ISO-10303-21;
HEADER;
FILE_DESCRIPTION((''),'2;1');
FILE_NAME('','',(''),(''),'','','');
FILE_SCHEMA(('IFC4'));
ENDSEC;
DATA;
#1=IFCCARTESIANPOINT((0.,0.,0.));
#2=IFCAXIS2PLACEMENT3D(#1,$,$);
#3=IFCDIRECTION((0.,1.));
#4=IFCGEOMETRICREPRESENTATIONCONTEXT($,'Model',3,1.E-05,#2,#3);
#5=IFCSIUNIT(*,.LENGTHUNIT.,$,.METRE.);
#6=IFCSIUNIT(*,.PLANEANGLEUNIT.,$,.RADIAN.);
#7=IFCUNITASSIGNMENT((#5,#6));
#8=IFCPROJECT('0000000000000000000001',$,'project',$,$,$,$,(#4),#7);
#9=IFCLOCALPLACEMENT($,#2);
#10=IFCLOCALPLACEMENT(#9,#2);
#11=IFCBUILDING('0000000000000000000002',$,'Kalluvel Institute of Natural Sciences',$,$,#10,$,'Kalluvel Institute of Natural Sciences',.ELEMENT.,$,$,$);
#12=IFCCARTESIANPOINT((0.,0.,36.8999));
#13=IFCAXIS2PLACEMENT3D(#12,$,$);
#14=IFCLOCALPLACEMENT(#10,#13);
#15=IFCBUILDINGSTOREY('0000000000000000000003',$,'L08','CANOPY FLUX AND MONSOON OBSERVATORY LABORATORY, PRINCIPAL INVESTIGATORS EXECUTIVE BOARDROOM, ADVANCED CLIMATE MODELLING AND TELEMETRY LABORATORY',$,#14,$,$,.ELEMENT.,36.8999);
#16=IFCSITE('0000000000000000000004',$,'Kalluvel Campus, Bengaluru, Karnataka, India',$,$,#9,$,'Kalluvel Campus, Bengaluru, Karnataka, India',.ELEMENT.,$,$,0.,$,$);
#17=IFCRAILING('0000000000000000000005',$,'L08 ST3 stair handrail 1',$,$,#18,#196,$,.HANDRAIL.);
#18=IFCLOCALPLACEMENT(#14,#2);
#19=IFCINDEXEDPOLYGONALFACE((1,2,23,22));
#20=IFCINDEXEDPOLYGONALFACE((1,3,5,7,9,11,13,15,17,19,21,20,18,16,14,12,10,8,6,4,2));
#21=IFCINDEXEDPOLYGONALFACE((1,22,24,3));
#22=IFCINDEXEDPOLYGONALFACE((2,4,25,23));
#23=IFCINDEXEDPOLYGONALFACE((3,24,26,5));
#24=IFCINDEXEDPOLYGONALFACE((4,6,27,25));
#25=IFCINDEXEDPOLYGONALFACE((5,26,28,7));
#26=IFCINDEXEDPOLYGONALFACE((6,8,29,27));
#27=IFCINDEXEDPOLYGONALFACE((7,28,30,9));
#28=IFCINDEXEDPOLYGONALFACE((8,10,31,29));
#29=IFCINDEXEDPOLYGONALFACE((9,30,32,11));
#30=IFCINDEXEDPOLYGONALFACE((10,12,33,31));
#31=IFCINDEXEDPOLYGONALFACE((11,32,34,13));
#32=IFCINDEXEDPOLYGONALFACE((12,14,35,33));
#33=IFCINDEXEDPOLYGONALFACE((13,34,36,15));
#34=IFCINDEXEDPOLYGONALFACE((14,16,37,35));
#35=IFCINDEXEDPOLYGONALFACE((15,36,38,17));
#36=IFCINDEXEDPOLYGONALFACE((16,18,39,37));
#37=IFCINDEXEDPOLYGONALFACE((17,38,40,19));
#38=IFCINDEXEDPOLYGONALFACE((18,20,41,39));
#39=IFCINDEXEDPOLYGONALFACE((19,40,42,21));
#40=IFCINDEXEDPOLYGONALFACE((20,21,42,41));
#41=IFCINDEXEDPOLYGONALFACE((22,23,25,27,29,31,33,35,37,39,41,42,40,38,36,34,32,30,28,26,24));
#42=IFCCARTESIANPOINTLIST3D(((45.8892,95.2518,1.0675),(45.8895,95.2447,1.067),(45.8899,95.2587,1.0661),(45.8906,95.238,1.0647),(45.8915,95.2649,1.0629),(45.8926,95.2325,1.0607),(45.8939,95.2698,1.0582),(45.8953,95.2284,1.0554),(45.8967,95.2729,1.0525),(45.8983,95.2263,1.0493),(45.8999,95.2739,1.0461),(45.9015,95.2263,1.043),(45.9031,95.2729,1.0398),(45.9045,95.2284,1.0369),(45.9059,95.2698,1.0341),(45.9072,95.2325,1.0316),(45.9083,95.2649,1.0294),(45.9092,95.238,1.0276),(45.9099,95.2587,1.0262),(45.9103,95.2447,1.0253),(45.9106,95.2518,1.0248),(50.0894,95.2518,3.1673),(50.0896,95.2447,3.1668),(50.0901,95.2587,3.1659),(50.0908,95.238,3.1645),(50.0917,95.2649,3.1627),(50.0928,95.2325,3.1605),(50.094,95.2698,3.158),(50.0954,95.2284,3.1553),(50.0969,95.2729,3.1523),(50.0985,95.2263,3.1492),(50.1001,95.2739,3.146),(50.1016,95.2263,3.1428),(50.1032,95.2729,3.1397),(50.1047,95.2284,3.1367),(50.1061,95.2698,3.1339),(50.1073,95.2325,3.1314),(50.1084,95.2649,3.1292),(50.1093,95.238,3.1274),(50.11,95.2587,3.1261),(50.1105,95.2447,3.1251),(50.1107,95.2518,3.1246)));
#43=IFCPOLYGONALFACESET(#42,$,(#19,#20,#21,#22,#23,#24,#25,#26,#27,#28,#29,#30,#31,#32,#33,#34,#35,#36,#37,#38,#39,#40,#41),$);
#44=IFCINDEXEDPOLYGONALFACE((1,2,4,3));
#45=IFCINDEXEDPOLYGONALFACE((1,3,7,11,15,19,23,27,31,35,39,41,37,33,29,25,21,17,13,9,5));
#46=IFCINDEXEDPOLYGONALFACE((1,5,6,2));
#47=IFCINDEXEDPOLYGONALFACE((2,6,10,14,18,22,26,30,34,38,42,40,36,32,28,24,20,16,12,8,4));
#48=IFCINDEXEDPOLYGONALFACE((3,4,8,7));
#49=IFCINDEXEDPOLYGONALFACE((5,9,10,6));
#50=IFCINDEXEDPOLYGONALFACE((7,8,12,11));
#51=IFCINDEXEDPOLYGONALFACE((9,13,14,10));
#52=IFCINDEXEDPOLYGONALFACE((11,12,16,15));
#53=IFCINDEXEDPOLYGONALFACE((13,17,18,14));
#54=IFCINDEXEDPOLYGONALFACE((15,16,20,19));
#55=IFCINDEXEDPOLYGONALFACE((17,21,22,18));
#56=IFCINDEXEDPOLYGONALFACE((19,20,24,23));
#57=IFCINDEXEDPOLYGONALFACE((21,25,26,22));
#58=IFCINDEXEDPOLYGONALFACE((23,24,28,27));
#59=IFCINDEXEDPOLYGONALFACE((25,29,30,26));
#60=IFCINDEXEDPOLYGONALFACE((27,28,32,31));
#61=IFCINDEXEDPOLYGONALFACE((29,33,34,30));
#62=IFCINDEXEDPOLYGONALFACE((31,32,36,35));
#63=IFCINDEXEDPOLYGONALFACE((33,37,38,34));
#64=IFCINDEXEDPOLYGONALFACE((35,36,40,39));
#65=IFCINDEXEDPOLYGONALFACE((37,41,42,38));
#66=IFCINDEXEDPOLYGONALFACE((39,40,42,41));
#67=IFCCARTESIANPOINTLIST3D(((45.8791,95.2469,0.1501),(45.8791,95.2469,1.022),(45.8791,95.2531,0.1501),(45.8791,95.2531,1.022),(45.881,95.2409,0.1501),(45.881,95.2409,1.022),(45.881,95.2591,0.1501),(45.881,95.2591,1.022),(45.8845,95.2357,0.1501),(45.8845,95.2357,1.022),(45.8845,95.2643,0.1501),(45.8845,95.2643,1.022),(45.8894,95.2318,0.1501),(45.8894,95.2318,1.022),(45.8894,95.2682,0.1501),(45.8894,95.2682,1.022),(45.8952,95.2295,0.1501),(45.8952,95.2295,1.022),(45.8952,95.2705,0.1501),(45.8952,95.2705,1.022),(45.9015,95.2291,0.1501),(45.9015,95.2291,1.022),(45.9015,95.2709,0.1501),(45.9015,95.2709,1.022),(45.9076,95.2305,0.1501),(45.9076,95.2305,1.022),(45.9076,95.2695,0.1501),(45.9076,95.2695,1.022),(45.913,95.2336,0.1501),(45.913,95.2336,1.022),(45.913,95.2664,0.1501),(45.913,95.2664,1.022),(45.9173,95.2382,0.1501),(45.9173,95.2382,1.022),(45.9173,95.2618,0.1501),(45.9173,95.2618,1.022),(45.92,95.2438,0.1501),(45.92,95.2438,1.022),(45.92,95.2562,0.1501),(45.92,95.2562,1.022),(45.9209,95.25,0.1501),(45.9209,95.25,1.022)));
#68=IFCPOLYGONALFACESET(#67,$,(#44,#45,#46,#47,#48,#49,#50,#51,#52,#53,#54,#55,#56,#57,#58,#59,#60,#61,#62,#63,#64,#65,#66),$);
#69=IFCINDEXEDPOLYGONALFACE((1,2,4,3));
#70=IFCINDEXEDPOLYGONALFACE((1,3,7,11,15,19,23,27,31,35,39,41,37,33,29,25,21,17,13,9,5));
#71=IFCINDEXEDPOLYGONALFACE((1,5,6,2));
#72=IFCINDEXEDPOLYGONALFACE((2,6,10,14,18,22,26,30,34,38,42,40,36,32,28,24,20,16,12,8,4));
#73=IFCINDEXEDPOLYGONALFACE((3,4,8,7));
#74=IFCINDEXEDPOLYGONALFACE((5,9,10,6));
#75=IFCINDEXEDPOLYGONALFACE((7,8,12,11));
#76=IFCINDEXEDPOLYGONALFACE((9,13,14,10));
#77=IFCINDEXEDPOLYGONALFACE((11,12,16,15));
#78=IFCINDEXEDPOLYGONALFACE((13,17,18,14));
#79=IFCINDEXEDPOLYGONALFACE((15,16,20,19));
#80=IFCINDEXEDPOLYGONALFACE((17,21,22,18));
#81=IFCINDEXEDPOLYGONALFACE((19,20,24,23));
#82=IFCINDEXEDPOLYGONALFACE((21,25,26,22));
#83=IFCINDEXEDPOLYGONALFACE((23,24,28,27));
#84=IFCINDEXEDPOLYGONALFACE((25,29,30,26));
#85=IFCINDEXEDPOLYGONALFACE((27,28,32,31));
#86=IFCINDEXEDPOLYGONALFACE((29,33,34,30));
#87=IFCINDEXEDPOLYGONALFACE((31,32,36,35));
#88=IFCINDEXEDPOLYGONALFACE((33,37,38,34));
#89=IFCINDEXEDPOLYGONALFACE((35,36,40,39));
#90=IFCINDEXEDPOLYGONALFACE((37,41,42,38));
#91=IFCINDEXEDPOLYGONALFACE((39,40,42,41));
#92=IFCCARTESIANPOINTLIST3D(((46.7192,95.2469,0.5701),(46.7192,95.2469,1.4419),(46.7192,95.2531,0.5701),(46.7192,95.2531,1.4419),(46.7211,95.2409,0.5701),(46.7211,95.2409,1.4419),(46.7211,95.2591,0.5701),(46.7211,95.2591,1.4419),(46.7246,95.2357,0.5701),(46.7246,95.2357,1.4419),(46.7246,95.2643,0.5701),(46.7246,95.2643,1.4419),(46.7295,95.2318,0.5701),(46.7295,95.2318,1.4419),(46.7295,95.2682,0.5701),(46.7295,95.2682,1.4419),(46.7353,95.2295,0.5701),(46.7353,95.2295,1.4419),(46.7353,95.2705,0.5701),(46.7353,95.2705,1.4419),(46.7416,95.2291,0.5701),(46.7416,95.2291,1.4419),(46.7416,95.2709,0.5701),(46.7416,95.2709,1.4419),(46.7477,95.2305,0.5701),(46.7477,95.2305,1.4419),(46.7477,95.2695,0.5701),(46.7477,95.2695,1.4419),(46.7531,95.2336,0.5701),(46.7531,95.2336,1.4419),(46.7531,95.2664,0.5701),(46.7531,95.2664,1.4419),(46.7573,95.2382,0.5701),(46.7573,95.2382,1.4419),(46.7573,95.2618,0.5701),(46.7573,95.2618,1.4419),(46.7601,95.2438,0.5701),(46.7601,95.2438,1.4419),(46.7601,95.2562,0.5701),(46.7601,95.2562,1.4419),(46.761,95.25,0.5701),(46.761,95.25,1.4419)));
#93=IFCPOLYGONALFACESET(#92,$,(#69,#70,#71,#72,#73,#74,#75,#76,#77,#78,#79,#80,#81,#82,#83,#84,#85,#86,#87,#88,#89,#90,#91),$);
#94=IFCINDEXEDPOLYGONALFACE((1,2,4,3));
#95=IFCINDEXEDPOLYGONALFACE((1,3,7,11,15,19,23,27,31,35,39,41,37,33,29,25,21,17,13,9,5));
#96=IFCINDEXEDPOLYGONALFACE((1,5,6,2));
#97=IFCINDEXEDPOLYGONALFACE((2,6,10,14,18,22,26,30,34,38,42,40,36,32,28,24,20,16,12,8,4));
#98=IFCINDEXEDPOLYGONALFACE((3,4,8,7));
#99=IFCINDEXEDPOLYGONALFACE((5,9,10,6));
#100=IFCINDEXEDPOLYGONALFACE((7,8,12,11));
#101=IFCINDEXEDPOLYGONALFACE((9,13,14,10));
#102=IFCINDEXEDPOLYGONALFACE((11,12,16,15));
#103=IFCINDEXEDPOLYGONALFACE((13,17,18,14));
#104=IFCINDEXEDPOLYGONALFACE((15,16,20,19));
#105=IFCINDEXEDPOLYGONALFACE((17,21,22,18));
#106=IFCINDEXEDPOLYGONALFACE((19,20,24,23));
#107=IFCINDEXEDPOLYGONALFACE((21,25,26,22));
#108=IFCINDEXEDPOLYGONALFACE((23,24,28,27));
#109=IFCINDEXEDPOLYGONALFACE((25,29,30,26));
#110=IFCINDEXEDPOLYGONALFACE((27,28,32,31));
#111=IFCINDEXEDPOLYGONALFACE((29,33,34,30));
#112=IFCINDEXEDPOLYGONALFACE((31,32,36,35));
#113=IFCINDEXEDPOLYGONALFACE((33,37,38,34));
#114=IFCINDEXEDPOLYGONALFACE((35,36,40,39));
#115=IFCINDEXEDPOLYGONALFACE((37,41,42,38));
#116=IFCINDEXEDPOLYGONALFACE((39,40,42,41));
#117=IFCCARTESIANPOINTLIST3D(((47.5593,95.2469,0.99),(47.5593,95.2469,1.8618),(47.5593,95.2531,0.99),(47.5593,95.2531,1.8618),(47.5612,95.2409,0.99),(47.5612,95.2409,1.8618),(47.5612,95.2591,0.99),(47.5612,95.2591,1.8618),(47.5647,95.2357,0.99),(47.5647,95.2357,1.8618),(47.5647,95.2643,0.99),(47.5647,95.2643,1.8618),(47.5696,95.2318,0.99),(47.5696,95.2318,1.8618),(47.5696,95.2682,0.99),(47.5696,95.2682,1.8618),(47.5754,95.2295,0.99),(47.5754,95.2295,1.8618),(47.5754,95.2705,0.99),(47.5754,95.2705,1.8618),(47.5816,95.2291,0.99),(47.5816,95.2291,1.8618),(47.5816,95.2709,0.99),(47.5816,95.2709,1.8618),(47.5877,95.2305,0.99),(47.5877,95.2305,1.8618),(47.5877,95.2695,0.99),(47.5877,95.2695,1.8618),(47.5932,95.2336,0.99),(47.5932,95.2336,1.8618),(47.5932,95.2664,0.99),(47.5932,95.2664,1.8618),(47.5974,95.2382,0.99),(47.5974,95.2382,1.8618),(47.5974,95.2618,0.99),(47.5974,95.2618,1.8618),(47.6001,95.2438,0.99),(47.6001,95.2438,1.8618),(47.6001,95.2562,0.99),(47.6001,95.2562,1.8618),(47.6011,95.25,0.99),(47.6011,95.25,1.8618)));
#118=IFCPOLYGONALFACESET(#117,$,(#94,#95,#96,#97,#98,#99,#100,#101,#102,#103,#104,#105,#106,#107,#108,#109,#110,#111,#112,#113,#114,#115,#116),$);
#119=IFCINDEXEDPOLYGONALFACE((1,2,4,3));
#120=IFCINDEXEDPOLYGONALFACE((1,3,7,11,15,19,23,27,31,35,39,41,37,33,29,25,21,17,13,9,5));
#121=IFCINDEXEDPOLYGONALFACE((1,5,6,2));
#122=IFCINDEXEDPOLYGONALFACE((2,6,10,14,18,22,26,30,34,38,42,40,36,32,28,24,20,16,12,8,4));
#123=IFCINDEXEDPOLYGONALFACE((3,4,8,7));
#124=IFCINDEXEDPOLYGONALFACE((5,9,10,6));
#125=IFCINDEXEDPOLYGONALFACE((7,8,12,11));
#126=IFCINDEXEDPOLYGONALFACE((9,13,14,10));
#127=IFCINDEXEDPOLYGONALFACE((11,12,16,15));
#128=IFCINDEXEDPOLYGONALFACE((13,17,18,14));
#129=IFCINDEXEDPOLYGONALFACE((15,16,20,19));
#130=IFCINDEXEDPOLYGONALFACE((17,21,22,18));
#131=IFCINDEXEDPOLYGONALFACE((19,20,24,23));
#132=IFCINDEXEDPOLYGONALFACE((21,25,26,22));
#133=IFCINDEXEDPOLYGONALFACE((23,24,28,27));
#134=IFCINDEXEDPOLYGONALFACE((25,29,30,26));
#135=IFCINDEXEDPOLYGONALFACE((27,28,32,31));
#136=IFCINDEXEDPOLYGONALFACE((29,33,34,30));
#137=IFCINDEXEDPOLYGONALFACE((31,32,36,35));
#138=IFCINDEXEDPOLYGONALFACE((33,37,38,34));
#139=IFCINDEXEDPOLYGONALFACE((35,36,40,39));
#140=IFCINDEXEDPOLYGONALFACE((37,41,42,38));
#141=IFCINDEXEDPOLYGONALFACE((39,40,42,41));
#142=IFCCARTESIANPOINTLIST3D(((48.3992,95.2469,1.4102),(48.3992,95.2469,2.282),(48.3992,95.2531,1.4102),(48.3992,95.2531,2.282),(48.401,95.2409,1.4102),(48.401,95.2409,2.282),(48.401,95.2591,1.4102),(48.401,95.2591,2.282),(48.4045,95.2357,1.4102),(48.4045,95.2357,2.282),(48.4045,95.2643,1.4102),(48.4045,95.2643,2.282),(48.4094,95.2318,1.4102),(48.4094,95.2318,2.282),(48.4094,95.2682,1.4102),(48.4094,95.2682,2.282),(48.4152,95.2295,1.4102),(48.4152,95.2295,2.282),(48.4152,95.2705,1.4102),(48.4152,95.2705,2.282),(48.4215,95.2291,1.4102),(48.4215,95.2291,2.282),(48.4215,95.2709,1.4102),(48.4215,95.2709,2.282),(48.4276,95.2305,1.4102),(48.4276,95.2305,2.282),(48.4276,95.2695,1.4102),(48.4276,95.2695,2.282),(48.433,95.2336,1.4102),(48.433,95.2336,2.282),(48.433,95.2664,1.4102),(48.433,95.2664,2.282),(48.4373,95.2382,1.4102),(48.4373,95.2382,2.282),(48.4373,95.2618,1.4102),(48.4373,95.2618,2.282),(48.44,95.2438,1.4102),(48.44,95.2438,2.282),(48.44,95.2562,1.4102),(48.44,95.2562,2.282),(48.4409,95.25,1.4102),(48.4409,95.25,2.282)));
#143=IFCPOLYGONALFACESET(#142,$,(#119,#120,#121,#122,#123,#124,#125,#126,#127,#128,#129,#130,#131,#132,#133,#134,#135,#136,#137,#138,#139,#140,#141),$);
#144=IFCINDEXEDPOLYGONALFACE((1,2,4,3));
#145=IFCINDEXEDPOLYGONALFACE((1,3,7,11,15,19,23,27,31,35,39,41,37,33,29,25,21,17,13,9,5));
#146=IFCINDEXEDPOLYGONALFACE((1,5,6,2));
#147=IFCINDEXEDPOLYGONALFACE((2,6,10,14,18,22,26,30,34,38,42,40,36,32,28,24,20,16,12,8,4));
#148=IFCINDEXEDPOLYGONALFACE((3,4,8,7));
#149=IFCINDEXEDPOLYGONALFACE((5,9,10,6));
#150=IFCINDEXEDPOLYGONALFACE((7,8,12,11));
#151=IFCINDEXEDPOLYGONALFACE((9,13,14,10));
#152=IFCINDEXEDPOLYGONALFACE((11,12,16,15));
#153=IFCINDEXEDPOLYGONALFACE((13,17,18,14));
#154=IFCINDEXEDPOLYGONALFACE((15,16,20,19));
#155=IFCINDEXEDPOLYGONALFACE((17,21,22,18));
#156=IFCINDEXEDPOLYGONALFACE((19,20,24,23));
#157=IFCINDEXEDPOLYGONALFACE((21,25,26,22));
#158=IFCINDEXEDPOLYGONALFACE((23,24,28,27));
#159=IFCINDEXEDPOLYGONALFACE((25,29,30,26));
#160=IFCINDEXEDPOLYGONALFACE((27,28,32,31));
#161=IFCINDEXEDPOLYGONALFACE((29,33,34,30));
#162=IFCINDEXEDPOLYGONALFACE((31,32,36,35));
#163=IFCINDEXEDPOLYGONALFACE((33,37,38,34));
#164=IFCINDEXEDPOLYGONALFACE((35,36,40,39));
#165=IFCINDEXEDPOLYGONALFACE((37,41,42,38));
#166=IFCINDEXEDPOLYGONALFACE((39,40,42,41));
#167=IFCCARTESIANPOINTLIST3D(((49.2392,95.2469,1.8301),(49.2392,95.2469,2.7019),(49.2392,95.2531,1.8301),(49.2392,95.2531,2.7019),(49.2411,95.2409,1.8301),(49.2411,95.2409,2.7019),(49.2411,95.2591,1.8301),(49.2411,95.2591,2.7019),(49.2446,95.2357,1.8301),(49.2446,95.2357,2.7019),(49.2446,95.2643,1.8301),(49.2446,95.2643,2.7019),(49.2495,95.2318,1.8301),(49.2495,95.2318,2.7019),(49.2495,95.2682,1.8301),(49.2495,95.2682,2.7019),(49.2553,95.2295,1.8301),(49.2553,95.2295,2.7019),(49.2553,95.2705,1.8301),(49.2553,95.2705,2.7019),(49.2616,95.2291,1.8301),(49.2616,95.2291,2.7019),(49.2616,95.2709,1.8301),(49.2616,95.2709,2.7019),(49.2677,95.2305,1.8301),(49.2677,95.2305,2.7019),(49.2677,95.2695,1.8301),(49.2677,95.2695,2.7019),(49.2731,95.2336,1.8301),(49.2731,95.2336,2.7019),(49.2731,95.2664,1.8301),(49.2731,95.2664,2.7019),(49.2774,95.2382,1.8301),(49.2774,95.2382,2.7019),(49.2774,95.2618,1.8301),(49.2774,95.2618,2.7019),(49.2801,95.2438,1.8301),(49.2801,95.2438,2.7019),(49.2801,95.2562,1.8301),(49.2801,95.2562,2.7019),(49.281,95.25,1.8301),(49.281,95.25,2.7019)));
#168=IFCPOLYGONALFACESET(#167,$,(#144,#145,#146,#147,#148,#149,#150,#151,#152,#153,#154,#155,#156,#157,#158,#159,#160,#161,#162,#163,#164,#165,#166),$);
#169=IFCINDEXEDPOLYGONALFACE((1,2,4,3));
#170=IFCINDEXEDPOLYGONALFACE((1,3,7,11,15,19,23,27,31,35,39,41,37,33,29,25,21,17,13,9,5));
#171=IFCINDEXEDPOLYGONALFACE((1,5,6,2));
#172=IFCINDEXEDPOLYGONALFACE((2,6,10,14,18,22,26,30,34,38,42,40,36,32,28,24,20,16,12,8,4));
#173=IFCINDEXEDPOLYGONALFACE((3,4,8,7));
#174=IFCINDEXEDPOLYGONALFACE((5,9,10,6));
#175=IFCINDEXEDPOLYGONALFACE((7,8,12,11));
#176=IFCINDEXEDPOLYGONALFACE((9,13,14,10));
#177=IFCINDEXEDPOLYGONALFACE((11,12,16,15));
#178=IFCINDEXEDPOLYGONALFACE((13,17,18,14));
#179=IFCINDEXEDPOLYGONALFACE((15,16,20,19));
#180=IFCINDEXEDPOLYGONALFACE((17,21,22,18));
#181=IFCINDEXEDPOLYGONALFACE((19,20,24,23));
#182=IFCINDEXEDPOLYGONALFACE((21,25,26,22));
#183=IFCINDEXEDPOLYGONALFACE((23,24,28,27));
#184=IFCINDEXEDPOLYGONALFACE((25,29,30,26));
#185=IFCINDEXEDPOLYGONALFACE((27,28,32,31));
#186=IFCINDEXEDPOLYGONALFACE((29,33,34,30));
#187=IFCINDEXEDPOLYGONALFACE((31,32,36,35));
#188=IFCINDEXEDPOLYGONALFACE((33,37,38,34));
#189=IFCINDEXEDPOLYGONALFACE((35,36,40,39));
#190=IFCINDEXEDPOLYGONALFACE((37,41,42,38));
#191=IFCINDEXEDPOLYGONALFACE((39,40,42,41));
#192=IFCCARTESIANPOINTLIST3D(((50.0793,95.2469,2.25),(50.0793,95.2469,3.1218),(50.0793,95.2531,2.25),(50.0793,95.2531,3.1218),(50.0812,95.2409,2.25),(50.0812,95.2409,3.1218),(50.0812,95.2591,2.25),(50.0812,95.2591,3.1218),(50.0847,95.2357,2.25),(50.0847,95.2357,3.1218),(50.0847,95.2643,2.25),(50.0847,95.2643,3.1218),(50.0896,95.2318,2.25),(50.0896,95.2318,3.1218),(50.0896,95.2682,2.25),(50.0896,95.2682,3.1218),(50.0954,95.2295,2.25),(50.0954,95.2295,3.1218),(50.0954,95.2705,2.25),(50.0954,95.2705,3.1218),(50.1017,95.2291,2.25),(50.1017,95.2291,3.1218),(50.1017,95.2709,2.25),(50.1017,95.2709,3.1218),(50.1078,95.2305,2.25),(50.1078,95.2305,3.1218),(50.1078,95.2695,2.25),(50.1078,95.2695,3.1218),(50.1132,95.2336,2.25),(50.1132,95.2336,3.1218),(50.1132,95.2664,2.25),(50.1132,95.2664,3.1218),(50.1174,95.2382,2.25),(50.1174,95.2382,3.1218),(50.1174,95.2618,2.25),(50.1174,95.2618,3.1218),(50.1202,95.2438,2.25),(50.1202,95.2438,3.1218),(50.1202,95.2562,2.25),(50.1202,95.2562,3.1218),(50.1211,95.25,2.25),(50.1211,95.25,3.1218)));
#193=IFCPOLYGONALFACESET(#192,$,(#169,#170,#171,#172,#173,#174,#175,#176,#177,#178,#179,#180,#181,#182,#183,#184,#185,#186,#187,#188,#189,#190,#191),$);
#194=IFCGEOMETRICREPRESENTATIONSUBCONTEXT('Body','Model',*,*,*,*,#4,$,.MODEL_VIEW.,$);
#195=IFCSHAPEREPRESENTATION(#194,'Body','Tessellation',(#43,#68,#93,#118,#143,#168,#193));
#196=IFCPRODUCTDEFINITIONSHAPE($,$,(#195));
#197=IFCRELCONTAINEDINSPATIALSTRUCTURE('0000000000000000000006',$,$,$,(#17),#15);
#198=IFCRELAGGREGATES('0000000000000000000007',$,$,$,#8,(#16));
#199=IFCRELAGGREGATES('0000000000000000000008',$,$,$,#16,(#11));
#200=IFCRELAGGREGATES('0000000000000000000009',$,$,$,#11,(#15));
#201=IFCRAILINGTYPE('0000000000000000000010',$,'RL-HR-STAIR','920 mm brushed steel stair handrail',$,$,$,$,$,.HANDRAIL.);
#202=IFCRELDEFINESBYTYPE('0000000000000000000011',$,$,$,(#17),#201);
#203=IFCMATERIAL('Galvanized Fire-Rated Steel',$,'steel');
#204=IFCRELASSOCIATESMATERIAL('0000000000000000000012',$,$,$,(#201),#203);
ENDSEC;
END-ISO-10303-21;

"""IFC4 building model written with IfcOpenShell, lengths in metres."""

from ifc_helpers import new_model, si_unit, direction, frame, origin, origin_2d, place, context, subcontext, project, spatial, circle, extrude, material, type_object, element, save


model = new_model("IFC4")

# Units and contexts
model_context = context("Model", 3, precision=1e-05, world=origin(), true_north=direction((0.0, 1.0)))
body_context = subcontext(model_context, "Body", "Model", "MODEL_VIEW")
ifc_project = project(units=[si_unit("LENGTHUNIT", "METRE"), si_unit("PLANEANGLEUNIT", "RADIAN")], contexts=[model_context])

# Site, building, storey
site_placement = place(None, origin())
site = spatial("IfcSite", under=ifc_project, at=site_placement, Name="Kalluvel Campus, Bengaluru, Karnataka, India", LongName="Kalluvel Campus, Bengaluru, Karnataka, India", CompositionType="ELEMENT", RefElevation=0.0)
building_placement = place(site_placement, origin())
building = spatial("IfcBuilding", under=site, at=building_placement, Name="Kalluvel Institute of Natural Sciences", LongName="Kalluvel Institute of Natural Sciences", CompositionType="ELEMENT")
storey_placement = place(building_placement, frame((0.0, 0.0, 36.8999)))
storey = spatial("IfcBuildingStorey", under=building, at=storey_placement, Name="L08", Description="CANOPY FLUX AND MONSOON OBSERVATORY LABORATORY, PRINCIPAL INVESTIGATORS EXECUTIVE BOARDROOM, ADVANCED CLIMATE MODELLING AND TELEMETRY LABORATORY", CompositionType="ELEMENT", Elevation=36.8999)

# Railing
ifc_material_1 = material(Name="Galvanized Fire-Rated Steel", Category="steel")
railing_type = type_object("IfcRailingType", Name="RL-HR-STAIR", Description="920 mm brushed steel stair handrail", PredefinedType="HANDRAIL", material=ifc_material_1)
railing_placement = place(storey_placement, frame((45.8999, 95.25, 0.1501)))
element("IfcRailing", 1, at=railing_placement, inside=storey, type_object=railing_type, Name="L08 ST3 stair handrail 1", PredefinedType="HANDRAIL", context=body_context, shape_type="SweptSolid", body=[
    extrude(circle(Radius=0.0239, at=origin_2d()), frame((0.0, 0.0, 0.896), z_axis=(0.894448, 0.0, 0.447172), x_axis=(0.0, 1.0, 0.0)), (0.0, 0.0, 1.0), 4.6958),
    extrude(circle(Radius=0.021, at=origin_2d()), origin(), (0.0, 0.0, 1.0), 0.8718),
    extrude(circle(Radius=0.021, at=origin_2d()), frame((0.8401, 0.0, 0.4199)), (0.0, 0.0, 1.0), 0.8718),
    extrude(circle(Radius=0.021, at=origin_2d()), frame((1.6802, 0.0, 0.8398)), (0.0, 0.0, 1.0), 0.8718),
    extrude(circle(Radius=0.021, at=origin_2d()), frame((2.52, 0.0, 1.26)), (0.0, 0.0, 1.0), 0.8718),
    extrude(circle(Radius=0.021, at=origin_2d()), frame((3.3601, 0.0, 1.6799)), (0.0, 0.0, 1.0), 0.8718),
    extrude(circle(Radius=0.021, at=origin_2d()), frame((4.2002, 0.0, 2.0999)), (0.0, 0.0, 1.0), 0.8718),
])

save(model, "model.ifc")
